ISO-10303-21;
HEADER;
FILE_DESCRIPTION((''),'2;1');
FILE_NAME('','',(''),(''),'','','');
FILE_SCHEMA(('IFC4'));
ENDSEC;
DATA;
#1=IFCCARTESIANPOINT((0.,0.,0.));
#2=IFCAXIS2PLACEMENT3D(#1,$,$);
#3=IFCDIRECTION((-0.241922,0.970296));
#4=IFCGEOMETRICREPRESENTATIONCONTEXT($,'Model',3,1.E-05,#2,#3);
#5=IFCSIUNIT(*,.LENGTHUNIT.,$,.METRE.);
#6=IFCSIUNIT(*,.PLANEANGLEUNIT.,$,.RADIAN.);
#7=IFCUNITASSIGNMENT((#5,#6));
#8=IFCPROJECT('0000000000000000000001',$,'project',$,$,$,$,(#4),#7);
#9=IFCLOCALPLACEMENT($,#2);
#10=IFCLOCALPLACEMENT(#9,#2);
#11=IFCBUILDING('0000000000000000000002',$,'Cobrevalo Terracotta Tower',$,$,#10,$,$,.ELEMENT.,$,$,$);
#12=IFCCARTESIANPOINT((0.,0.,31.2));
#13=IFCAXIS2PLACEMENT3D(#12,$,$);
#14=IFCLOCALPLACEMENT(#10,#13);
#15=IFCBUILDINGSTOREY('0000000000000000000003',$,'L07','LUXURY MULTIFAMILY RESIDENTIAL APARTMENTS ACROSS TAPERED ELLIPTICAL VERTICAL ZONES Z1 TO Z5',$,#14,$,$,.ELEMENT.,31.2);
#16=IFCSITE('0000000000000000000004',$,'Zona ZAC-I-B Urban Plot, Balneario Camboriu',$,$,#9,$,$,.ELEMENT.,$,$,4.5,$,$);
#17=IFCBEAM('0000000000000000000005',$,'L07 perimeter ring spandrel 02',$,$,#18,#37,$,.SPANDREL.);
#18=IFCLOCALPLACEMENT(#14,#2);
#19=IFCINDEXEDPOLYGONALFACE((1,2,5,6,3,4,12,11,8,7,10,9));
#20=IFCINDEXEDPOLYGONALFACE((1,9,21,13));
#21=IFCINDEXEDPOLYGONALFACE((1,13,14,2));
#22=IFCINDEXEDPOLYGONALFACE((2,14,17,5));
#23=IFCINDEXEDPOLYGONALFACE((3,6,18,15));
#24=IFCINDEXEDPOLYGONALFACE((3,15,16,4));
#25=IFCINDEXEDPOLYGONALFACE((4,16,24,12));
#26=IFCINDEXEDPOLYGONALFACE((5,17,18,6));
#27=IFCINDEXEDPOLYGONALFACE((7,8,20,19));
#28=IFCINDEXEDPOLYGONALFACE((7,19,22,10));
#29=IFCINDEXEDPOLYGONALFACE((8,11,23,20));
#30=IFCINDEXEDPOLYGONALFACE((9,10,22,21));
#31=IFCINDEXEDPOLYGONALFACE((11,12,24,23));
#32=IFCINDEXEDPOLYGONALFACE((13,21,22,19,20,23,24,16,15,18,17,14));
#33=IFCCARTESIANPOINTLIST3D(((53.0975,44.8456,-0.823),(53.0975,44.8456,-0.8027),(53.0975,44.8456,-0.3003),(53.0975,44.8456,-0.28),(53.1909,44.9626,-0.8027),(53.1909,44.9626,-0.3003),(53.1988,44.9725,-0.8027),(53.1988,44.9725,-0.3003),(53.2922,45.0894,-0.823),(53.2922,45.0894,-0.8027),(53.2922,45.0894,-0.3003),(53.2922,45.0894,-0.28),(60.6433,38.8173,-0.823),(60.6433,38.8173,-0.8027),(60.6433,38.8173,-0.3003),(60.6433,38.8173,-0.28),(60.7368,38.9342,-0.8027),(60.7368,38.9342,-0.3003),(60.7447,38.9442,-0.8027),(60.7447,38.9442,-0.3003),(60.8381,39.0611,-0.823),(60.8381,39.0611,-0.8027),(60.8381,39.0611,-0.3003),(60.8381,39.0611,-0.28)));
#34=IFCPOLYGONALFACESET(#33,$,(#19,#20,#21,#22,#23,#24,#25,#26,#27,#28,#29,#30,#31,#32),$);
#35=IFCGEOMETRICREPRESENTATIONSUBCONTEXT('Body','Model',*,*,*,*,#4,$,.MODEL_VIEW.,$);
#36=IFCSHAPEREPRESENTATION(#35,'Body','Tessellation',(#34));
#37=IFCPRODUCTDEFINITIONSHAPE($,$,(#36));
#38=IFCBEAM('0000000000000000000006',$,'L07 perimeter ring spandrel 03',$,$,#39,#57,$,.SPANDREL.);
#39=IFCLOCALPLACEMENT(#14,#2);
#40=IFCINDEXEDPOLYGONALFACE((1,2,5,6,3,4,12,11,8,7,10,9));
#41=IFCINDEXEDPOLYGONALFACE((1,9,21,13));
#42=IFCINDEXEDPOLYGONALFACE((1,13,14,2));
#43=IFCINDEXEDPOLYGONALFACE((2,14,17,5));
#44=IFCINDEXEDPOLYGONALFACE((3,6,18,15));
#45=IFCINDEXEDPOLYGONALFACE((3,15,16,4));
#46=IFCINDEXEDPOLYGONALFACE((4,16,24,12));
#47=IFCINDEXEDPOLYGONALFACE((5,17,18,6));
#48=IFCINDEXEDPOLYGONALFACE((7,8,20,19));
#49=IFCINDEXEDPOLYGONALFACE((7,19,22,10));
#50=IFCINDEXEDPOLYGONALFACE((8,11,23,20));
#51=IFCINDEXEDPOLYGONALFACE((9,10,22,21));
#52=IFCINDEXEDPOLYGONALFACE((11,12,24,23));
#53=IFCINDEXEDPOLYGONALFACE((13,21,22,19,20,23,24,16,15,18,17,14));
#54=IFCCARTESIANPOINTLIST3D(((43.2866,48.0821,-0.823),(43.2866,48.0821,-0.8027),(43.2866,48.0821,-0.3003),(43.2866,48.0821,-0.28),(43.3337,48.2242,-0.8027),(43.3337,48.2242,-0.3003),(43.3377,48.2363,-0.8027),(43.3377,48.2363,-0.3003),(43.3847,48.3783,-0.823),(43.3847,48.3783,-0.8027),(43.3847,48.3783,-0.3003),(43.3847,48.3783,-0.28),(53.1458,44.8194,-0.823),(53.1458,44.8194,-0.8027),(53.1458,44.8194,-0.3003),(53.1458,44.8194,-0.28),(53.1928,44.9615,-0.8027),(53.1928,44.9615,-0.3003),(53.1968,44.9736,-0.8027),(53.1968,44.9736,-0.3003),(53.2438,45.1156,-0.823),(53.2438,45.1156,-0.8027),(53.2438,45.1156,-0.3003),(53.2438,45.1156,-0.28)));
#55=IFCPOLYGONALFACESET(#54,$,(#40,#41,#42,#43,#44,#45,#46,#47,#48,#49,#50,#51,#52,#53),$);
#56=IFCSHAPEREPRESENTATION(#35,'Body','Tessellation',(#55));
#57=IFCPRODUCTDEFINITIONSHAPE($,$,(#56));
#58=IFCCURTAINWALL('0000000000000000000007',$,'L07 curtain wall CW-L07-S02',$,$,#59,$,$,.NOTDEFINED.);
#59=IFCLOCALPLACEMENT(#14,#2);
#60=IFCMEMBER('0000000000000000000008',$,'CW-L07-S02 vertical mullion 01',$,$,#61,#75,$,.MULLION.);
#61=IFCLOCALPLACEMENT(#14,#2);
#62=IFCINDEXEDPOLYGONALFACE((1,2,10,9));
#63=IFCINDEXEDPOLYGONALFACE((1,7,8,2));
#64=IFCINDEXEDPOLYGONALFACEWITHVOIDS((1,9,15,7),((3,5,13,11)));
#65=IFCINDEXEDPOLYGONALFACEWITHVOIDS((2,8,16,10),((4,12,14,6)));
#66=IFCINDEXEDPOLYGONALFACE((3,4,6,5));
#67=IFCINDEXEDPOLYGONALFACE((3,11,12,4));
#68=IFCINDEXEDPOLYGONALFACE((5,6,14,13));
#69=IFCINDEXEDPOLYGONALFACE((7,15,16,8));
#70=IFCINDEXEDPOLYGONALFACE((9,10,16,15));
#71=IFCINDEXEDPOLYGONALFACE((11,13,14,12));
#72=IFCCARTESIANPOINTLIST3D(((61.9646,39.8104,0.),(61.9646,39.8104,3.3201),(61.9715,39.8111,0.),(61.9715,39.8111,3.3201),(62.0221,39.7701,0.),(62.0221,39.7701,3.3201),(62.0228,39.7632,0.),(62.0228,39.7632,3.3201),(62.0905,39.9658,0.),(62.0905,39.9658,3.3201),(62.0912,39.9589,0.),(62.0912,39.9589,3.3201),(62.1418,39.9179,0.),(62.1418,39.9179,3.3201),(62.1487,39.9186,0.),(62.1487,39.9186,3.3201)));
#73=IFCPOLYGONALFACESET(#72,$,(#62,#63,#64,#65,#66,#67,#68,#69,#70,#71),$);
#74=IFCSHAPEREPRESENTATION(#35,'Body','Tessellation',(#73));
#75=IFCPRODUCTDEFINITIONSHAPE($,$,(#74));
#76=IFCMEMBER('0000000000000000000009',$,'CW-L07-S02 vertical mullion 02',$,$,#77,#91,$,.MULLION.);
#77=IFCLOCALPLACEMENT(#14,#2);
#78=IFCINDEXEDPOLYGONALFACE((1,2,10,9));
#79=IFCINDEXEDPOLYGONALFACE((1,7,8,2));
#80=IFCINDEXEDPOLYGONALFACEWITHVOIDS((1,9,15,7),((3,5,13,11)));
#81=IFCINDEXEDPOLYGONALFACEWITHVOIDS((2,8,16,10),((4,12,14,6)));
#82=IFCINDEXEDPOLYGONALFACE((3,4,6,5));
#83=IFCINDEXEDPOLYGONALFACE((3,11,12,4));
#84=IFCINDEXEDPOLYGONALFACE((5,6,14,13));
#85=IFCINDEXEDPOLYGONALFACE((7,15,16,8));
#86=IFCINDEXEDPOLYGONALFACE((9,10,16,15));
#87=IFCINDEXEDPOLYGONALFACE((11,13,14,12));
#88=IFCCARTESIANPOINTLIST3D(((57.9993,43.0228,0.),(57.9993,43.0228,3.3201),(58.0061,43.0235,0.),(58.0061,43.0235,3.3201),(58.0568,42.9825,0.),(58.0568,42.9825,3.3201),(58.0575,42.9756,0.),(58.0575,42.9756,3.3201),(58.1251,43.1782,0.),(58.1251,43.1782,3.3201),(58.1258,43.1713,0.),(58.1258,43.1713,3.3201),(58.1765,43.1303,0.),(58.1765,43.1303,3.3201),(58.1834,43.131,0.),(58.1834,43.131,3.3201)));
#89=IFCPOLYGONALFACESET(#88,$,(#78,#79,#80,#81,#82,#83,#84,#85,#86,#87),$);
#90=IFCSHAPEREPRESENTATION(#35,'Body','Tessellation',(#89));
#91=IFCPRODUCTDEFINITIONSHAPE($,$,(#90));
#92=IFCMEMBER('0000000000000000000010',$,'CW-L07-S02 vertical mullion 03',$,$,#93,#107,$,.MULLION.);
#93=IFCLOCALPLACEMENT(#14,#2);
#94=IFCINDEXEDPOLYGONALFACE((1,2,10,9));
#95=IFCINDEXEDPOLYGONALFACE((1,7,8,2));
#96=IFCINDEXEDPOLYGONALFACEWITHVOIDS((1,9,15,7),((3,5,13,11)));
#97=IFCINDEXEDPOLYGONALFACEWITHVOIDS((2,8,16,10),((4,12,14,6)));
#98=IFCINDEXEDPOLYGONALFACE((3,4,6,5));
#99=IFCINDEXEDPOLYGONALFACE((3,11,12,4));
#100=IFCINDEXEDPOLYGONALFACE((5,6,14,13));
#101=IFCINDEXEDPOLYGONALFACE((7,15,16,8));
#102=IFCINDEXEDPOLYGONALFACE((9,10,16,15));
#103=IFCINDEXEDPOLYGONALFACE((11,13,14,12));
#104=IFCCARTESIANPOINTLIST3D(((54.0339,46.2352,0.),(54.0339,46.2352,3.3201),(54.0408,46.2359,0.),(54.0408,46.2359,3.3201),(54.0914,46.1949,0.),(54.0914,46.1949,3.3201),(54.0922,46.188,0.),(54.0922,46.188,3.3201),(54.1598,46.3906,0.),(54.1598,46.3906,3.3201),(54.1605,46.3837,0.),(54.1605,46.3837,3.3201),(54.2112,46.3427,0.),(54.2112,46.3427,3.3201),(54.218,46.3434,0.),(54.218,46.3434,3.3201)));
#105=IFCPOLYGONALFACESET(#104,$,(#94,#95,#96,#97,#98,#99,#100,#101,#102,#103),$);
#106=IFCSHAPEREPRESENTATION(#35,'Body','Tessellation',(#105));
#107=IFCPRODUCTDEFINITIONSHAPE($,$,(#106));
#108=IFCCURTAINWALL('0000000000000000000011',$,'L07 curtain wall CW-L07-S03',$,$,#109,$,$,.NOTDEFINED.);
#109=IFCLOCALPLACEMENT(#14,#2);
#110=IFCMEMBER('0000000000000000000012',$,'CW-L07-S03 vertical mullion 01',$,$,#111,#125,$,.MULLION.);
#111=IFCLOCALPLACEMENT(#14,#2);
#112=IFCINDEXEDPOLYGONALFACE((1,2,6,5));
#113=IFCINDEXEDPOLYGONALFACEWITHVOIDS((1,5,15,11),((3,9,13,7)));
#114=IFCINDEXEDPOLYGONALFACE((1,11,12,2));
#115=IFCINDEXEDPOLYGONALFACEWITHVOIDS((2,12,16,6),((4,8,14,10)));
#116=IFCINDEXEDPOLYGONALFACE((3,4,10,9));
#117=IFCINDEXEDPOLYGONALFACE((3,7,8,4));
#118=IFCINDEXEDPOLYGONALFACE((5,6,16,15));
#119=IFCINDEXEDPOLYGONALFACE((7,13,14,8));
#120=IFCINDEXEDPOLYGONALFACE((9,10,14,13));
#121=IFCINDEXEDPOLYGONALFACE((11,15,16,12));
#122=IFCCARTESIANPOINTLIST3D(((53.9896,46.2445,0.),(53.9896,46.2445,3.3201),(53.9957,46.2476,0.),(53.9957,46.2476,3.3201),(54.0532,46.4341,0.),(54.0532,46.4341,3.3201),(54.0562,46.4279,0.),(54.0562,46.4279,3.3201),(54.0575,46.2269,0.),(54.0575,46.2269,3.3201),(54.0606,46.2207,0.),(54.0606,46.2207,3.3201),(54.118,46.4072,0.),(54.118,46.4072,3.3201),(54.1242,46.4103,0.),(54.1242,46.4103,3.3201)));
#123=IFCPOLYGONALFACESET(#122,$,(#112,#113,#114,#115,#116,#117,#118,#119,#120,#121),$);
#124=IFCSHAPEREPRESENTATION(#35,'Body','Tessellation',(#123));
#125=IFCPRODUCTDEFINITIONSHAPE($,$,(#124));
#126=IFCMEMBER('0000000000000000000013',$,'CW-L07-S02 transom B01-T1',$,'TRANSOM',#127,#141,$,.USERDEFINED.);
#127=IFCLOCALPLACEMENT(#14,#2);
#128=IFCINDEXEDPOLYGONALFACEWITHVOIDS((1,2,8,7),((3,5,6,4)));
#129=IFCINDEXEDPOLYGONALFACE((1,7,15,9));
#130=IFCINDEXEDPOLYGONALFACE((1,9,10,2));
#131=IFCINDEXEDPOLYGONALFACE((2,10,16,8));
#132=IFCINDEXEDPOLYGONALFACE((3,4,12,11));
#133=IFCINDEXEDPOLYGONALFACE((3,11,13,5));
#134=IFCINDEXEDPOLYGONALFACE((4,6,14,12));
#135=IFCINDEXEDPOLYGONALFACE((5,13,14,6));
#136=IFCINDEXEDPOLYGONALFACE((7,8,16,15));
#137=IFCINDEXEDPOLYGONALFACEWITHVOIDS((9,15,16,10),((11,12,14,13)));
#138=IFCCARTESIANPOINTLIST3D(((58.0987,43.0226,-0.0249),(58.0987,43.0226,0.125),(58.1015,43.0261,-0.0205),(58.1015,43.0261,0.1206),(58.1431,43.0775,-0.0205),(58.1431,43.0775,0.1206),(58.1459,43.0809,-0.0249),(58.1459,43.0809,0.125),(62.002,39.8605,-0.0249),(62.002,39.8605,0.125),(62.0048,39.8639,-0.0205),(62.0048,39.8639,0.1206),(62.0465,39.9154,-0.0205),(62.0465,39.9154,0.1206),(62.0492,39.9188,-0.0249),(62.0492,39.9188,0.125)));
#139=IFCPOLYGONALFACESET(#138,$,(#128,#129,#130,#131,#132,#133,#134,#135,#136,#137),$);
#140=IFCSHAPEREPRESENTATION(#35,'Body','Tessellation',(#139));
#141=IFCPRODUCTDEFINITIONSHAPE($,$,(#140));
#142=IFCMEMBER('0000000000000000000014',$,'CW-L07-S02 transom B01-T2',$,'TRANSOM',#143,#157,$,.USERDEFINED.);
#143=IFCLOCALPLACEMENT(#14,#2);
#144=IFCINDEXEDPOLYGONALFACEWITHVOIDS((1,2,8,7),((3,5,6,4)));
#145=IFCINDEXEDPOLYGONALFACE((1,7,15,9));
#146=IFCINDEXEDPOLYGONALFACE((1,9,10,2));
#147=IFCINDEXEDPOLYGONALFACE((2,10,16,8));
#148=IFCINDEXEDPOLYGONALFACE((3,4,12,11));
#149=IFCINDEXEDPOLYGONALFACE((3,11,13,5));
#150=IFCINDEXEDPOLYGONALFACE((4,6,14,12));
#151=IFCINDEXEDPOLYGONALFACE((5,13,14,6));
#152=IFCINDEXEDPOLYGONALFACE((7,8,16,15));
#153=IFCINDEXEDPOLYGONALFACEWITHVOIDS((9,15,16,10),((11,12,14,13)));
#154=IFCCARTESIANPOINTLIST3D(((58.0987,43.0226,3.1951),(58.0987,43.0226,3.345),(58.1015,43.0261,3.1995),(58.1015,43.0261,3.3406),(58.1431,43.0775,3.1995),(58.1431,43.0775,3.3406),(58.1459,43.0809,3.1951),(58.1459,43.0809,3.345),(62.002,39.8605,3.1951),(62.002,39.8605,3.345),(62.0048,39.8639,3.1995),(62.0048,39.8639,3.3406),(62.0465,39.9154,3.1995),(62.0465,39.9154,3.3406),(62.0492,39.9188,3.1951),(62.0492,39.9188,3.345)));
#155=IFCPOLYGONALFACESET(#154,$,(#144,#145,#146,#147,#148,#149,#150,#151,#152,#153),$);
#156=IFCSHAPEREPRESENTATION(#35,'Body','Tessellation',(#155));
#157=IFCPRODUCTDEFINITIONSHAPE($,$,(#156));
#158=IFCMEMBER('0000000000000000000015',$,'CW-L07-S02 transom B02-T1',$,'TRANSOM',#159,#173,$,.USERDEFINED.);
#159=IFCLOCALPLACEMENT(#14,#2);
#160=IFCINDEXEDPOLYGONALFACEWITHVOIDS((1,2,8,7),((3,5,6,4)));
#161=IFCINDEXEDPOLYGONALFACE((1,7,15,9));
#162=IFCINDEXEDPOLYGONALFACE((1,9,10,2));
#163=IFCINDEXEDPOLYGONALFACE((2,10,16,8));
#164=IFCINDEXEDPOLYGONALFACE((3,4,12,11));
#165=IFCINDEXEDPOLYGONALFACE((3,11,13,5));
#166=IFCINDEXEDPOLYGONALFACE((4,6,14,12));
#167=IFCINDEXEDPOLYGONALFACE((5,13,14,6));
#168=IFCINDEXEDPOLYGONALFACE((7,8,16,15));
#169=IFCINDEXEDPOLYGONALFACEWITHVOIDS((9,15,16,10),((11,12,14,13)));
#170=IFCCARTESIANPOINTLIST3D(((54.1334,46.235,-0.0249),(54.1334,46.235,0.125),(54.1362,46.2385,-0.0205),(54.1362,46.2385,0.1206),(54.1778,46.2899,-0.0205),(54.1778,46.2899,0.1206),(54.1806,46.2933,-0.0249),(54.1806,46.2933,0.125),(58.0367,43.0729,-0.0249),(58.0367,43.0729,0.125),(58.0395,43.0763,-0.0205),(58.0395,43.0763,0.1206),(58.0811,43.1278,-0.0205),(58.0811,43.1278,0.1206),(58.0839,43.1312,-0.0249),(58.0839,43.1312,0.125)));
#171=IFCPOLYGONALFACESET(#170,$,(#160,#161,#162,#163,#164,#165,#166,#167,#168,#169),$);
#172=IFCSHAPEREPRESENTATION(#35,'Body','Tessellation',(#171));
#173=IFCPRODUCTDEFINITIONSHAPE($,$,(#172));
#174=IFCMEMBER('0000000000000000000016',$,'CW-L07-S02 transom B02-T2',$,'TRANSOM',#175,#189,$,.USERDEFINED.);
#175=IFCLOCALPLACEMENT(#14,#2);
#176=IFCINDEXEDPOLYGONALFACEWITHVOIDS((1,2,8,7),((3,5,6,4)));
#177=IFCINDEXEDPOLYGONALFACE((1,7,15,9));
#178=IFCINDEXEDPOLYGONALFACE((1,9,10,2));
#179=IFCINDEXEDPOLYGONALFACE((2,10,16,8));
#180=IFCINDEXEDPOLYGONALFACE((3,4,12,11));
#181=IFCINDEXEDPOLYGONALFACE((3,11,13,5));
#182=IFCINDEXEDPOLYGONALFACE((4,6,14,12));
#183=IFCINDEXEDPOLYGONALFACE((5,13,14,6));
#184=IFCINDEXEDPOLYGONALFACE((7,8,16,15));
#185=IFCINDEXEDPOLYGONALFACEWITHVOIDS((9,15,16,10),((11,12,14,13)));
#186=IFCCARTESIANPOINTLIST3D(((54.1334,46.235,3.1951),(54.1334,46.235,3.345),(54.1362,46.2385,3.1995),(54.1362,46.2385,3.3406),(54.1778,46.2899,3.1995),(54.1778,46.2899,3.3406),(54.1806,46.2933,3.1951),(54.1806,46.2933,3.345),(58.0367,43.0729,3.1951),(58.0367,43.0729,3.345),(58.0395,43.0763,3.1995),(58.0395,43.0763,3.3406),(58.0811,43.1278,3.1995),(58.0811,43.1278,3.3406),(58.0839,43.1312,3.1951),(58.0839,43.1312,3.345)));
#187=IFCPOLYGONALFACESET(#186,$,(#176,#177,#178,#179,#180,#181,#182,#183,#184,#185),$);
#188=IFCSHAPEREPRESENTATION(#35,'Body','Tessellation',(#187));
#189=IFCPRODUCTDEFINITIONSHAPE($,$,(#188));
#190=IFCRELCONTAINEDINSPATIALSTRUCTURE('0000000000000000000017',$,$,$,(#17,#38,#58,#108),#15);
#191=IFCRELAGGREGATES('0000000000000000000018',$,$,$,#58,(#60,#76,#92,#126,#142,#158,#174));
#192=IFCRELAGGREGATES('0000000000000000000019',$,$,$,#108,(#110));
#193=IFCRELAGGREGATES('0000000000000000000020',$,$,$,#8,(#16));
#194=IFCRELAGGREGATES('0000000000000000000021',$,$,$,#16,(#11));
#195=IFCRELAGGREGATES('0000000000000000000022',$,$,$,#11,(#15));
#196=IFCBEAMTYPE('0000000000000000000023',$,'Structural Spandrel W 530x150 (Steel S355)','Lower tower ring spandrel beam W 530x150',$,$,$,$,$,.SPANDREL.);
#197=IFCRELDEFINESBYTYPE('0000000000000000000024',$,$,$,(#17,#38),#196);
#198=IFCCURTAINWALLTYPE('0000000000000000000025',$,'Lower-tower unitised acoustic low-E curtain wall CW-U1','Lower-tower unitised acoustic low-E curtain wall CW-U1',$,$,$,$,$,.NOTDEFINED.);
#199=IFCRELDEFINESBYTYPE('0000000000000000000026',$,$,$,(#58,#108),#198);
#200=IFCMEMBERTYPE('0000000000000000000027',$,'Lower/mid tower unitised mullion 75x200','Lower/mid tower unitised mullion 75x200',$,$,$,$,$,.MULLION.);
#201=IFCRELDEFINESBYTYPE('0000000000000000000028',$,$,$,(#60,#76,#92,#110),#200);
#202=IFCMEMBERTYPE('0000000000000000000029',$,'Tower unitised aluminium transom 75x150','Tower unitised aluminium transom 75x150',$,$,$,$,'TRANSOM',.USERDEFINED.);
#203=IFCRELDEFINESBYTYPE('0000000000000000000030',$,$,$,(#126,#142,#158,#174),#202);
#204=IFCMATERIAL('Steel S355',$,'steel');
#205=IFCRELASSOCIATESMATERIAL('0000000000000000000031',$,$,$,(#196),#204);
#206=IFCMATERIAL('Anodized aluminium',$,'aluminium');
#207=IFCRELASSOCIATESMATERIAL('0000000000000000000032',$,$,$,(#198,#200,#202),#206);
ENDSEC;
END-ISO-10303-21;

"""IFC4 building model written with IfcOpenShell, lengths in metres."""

from ifc_helpers import new_model, si_unit, direction, frame, origin, origin_2d, place, context, subcontext, project, spatial, hollow_rectangle, i_section, extrude, source, transform, mapped, material, material_profile, profile_set, type_object, element, aggregate, save


model = new_model("IFC4")

# Units and contexts
model_context = context("Model", 3, precision=1e-05, world=origin(), true_north=direction((-0.241922, 0.970296)))
body_context = subcontext(model_context, "Body", "Model", "MODEL_VIEW")
ifc_project = project(units=[si_unit("LENGTHUNIT", "METRE"), si_unit("PLANEANGLEUNIT", "RADIAN")], contexts=[model_context])

# Site, building, storey
site_placement = place(None, origin())
site = spatial("IfcSite", under=ifc_project, at=site_placement, Name="Zona ZAC-I-B Urban Plot, Balneario Camboriu", CompositionType="ELEMENT", RefElevation=4.5)
building_placement = place(site_placement, origin())
building = spatial("IfcBuilding", under=site, at=building_placement, Name="Cobrevalo Terracotta Tower", CompositionType="ELEMENT")
storey_placement = place(building_placement, frame((0.0, 0.0, 31.2)))
storey = spatial("IfcBuildingStorey", under=building, at=storey_placement, Name="L07", Description="LUXURY MULTIFAMILY RESIDENTIAL APARTMENTS ACROSS TAPERED ELLIPTICAL VERTICAL ZONES Z1 TO Z5", CompositionType="ELEMENT", Elevation=31.2)

# Shared definitions
ifc_material_1 = material(Name="Steel S355", Category="steel")

# Beams
ifc_material_profile_1 = material_profile(ifc_material_1, i_section(OverallWidth=0.312, OverallDepth=0.543, WebThickness=0.0127, FlangeThickness=0.0203, at=origin_2d()), Name="W 530x150")
ifc_profile_set_1 = profile_set([ifc_material_profile_1], Name="Steel S355")
beam_type_1 = type_object("IfcBeamType", Name="Structural Spandrel W 530x150 (Steel S355)", Description="Lower tower ring spandrel beam W 530x150", PredefinedType="SPANDREL", material=ifc_profile_set_1)
beam_1_placement = place(storey_placement, frame((60.7407, 38.9392, -0.5515), z_axis=(-0.781293, 0.624165, 0.0), x_axis=(-0.624165, -0.781293, 0.0)))
element("IfcBeam", 1, at=beam_1_placement, inside=storey, type_object=beam_type_1, Name="L07 perimeter ring spandrel 02", PredefinedType="SPANDREL", context=body_context, shape_type="SweptSolid", body=[
    extrude(i_section(OverallWidth=0.312, OverallDepth=0.543, WebThickness=0.0127, FlangeThickness=0.0203, at=origin_2d()), origin(), (0.0, 0.0, 1.0), 9.6582),
])
beam_2_placement = place(storey_placement, frame((53.1948, 44.9675, -0.5515), z_axis=(-0.949365, 0.314175, 0.0), x_axis=(-0.314175, -0.949365, 0.0)))
element("IfcBeam", 2, at=beam_2_placement, inside=storey, type_object=beam_type_1, Name="L07 perimeter ring spandrel 03", PredefinedType="SPANDREL", context=body_context, shape_type="SweptSolid", body=[
    extrude(i_section(OverallWidth=0.312, OverallDepth=0.543, WebThickness=0.0127, FlangeThickness=0.0203, at=origin_2d()), origin(), (0.0, 0.0, 1.0), 10.385),
])

# Curtain wall, members
ifc_material_2 = material(Name="Anodized aluminium", Category="aluminium")
curtain_wall_type = type_object("IfcCurtainWallType", Name="Lower-tower unitised acoustic low-E curtain wall CW-U1", Description="Lower-tower unitised acoustic low-E curtain wall CW-U1", PredefinedType="NOTDEFINED", material=ifc_material_2)
curtain_wall_1_placement = place(storey_placement, origin())
curtain_wall_1 = element("IfcCurtainWall", 3, at=curtain_wall_1_placement, inside=storey, type_object=curtain_wall_type, Name="L07 curtain wall CW-L07-S02", PredefinedType="NOTDEFINED")
ifc_material_profile_2 = material_profile(ifc_material_2, hollow_rectangle(XDim=0.075, YDim=0.2, WallThickness=0.0049, at=origin_2d()), Name="CWM 75x200")
ifc_profile_set_2 = profile_set([ifc_material_profile_2], Name="Anodized aluminium")
member_type_1 = type_object("IfcMemberType", Name="Lower/mid tower unitised mullion 75x200", Description="Lower/mid tower unitised mullion 75x200", PredefinedType="MULLION", material=ifc_profile_set_2)
shared_shape_1 = source(origin(), body_context, "Body", "SweptSolid", [
    extrude(hollow_rectangle(XDim=0.075, YDim=0.2, WallThickness=0.0049, at=origin_2d()), origin(), (0.0, 0.0, 1.0), 3.3201),
])
member_1_placement = place(storey_placement, frame((62.0566, 39.8645, 0.0), z_axis=(0.0, 0.0, 1.0), x_axis=(-0.777003, 0.629497, 0.0)))
member_1 = element("IfcMember", 4, at=member_1_placement, type_object=member_type_1, Name="CW-L07-S02 vertical mullion 01", PredefinedType="MULLION", context=body_context, shape_type="MappedRepresentation", body=[
    mapped(shared_shape_1, transform((0.0, 0.0, 0.0), scale=1.0)),
])
member_2_placement = place(storey_placement, frame((58.0913, 43.0769, 0.0), z_axis=(0.0, 0.0, 1.0), x_axis=(-0.777003, 0.629497, 0.0)))
member_2 = element("IfcMember", 5, at=member_2_placement, type_object=member_type_1, Name="CW-L07-S02 vertical mullion 02", PredefinedType="MULLION", context=body_context, shape_type="MappedRepresentation", body=[
    mapped(shared_shape_1, transform((0.0, 0.0, 0.0), scale=1.0)),
])
member_3_placement = place(storey_placement, frame((54.126, 46.2893, 0.0), z_axis=(0.0, 0.0, 1.0), x_axis=(-0.777003, 0.629497, 0.0)))
member_3 = element("IfcMember", 6, at=member_3_placement, type_object=member_type_1, Name="CW-L07-S02 vertical mullion 03", PredefinedType="MULLION", context=body_context, shape_type="MappedRepresentation", body=[
    mapped(shared_shape_1, transform((0.0, 0.0, 0.0), scale=1.0)),
])

# Curtain wall, member
curtain_wall_2_placement = place(storey_placement, origin())
curtain_wall_2 = element("IfcCurtainWall", 7, at=curtain_wall_2_placement, inside=storey, type_object=curtain_wall_type, Name="L07 curtain wall CW-L07-S03", PredefinedType="NOTDEFINED")
member_4_placement = place(storey_placement, frame((54.0569, 46.3274, 0.0), z_axis=(0.0, 0.0, 1.0), x_axis=(-0.948046, 0.318132, 0.0)))
member_4 = element("IfcMember", 8, at=member_4_placement, type_object=member_type_1, Name="CW-L07-S03 vertical mullion 01", PredefinedType="MULLION", context=body_context, shape_type="MappedRepresentation", body=[
    mapped(shared_shape_1, transform((0.0, 0.0, 0.0), scale=1.0)),
])

# Members
ifc_material_profile_3 = material_profile(ifc_material_2, hollow_rectangle(XDim=0.075, YDim=0.1499, WallThickness=0.0044, at=origin_2d()), Name="CWT 75x150")
ifc_profile_set_3 = profile_set([ifc_material_profile_3], Name="Anodized aluminium")
member_type_2 = type_object("IfcMemberType", Name="Tower unitised aluminium transom 75x150", Description="Tower unitised aluminium transom 75x150", ElementType="TRANSOM", PredefinedType="USERDEFINED", material=ifc_profile_set_3)
shared_shape_2 = source(origin(), body_context, "Body", "SweptSolid", [
    extrude(hollow_rectangle(XDim=0.075, YDim=0.1499, WallThickness=0.0044, at=origin_2d()), origin(), (0.0, 0.0, 1.0), 5.0234),
])
member_5_placement = place(storey_placement, frame((62.0256, 39.8896, 0.05), z_axis=(-0.777023, 0.629472, 0.0), x_axis=(-0.629472, -0.777023, 0.0)))
member_5 = element("IfcMember", 9, at=member_5_placement, type_object=member_type_2, Name="CW-L07-S02 transom B01-T1", ObjectType="TRANSOM", PredefinedType="USERDEFINED", context=body_context, shape_type="MappedRepresentation", body=[
    mapped(shared_shape_2, transform((0.0, 0.0, 0.0), scale=1.0)),
])
member_6_placement = place(storey_placement, frame((62.0256, 39.8896, 3.27), z_axis=(-0.777023, 0.629472, 0.0), x_axis=(-0.629472, -0.777023, 0.0)))
member_6 = element("IfcMember", 10, at=member_6_placement, type_object=member_type_2, Name="CW-L07-S02 transom B01-T2", ObjectType="TRANSOM", PredefinedType="USERDEFINED", context=body_context, shape_type="MappedRepresentation", body=[
    mapped(shared_shape_2, transform((0.0, 0.0, 0.0), scale=1.0)),
])
member_7_placement = place(storey_placement, frame((58.0603, 43.1021, 0.05), z_axis=(-0.777023, 0.629472, 0.0), x_axis=(-0.629472, -0.777023, 0.0)))
member_7 = element("IfcMember", 11, at=member_7_placement, type_object=member_type_2, Name="CW-L07-S02 transom B02-T1", ObjectType="TRANSOM", PredefinedType="USERDEFINED", context=body_context, shape_type="MappedRepresentation", body=[
    mapped(shared_shape_2, transform((0.0, 0.0, 0.0), scale=1.0)),
])
member_8_placement = place(storey_placement, frame((58.0603, 43.1021, 3.27), z_axis=(-0.777023, 0.629472, 0.0), x_axis=(-0.629472, -0.777023, 0.0)))
member_8 = element("IfcMember", 12, at=member_8_placement, type_object=member_type_2, Name="CW-L07-S02 transom B02-T2", ObjectType="TRANSOM", PredefinedType="USERDEFINED", context=body_context, shape_type="MappedRepresentation", body=[
    mapped(shared_shape_2, transform((0.0, 0.0, 0.0), scale=1.0)),
])

aggregate(curtain_wall_1, [member_1, member_2, member_3, member_5, member_6, member_7, member_8])
aggregate(curtain_wall_2, [member_4])

save(model, "model.ifc")
